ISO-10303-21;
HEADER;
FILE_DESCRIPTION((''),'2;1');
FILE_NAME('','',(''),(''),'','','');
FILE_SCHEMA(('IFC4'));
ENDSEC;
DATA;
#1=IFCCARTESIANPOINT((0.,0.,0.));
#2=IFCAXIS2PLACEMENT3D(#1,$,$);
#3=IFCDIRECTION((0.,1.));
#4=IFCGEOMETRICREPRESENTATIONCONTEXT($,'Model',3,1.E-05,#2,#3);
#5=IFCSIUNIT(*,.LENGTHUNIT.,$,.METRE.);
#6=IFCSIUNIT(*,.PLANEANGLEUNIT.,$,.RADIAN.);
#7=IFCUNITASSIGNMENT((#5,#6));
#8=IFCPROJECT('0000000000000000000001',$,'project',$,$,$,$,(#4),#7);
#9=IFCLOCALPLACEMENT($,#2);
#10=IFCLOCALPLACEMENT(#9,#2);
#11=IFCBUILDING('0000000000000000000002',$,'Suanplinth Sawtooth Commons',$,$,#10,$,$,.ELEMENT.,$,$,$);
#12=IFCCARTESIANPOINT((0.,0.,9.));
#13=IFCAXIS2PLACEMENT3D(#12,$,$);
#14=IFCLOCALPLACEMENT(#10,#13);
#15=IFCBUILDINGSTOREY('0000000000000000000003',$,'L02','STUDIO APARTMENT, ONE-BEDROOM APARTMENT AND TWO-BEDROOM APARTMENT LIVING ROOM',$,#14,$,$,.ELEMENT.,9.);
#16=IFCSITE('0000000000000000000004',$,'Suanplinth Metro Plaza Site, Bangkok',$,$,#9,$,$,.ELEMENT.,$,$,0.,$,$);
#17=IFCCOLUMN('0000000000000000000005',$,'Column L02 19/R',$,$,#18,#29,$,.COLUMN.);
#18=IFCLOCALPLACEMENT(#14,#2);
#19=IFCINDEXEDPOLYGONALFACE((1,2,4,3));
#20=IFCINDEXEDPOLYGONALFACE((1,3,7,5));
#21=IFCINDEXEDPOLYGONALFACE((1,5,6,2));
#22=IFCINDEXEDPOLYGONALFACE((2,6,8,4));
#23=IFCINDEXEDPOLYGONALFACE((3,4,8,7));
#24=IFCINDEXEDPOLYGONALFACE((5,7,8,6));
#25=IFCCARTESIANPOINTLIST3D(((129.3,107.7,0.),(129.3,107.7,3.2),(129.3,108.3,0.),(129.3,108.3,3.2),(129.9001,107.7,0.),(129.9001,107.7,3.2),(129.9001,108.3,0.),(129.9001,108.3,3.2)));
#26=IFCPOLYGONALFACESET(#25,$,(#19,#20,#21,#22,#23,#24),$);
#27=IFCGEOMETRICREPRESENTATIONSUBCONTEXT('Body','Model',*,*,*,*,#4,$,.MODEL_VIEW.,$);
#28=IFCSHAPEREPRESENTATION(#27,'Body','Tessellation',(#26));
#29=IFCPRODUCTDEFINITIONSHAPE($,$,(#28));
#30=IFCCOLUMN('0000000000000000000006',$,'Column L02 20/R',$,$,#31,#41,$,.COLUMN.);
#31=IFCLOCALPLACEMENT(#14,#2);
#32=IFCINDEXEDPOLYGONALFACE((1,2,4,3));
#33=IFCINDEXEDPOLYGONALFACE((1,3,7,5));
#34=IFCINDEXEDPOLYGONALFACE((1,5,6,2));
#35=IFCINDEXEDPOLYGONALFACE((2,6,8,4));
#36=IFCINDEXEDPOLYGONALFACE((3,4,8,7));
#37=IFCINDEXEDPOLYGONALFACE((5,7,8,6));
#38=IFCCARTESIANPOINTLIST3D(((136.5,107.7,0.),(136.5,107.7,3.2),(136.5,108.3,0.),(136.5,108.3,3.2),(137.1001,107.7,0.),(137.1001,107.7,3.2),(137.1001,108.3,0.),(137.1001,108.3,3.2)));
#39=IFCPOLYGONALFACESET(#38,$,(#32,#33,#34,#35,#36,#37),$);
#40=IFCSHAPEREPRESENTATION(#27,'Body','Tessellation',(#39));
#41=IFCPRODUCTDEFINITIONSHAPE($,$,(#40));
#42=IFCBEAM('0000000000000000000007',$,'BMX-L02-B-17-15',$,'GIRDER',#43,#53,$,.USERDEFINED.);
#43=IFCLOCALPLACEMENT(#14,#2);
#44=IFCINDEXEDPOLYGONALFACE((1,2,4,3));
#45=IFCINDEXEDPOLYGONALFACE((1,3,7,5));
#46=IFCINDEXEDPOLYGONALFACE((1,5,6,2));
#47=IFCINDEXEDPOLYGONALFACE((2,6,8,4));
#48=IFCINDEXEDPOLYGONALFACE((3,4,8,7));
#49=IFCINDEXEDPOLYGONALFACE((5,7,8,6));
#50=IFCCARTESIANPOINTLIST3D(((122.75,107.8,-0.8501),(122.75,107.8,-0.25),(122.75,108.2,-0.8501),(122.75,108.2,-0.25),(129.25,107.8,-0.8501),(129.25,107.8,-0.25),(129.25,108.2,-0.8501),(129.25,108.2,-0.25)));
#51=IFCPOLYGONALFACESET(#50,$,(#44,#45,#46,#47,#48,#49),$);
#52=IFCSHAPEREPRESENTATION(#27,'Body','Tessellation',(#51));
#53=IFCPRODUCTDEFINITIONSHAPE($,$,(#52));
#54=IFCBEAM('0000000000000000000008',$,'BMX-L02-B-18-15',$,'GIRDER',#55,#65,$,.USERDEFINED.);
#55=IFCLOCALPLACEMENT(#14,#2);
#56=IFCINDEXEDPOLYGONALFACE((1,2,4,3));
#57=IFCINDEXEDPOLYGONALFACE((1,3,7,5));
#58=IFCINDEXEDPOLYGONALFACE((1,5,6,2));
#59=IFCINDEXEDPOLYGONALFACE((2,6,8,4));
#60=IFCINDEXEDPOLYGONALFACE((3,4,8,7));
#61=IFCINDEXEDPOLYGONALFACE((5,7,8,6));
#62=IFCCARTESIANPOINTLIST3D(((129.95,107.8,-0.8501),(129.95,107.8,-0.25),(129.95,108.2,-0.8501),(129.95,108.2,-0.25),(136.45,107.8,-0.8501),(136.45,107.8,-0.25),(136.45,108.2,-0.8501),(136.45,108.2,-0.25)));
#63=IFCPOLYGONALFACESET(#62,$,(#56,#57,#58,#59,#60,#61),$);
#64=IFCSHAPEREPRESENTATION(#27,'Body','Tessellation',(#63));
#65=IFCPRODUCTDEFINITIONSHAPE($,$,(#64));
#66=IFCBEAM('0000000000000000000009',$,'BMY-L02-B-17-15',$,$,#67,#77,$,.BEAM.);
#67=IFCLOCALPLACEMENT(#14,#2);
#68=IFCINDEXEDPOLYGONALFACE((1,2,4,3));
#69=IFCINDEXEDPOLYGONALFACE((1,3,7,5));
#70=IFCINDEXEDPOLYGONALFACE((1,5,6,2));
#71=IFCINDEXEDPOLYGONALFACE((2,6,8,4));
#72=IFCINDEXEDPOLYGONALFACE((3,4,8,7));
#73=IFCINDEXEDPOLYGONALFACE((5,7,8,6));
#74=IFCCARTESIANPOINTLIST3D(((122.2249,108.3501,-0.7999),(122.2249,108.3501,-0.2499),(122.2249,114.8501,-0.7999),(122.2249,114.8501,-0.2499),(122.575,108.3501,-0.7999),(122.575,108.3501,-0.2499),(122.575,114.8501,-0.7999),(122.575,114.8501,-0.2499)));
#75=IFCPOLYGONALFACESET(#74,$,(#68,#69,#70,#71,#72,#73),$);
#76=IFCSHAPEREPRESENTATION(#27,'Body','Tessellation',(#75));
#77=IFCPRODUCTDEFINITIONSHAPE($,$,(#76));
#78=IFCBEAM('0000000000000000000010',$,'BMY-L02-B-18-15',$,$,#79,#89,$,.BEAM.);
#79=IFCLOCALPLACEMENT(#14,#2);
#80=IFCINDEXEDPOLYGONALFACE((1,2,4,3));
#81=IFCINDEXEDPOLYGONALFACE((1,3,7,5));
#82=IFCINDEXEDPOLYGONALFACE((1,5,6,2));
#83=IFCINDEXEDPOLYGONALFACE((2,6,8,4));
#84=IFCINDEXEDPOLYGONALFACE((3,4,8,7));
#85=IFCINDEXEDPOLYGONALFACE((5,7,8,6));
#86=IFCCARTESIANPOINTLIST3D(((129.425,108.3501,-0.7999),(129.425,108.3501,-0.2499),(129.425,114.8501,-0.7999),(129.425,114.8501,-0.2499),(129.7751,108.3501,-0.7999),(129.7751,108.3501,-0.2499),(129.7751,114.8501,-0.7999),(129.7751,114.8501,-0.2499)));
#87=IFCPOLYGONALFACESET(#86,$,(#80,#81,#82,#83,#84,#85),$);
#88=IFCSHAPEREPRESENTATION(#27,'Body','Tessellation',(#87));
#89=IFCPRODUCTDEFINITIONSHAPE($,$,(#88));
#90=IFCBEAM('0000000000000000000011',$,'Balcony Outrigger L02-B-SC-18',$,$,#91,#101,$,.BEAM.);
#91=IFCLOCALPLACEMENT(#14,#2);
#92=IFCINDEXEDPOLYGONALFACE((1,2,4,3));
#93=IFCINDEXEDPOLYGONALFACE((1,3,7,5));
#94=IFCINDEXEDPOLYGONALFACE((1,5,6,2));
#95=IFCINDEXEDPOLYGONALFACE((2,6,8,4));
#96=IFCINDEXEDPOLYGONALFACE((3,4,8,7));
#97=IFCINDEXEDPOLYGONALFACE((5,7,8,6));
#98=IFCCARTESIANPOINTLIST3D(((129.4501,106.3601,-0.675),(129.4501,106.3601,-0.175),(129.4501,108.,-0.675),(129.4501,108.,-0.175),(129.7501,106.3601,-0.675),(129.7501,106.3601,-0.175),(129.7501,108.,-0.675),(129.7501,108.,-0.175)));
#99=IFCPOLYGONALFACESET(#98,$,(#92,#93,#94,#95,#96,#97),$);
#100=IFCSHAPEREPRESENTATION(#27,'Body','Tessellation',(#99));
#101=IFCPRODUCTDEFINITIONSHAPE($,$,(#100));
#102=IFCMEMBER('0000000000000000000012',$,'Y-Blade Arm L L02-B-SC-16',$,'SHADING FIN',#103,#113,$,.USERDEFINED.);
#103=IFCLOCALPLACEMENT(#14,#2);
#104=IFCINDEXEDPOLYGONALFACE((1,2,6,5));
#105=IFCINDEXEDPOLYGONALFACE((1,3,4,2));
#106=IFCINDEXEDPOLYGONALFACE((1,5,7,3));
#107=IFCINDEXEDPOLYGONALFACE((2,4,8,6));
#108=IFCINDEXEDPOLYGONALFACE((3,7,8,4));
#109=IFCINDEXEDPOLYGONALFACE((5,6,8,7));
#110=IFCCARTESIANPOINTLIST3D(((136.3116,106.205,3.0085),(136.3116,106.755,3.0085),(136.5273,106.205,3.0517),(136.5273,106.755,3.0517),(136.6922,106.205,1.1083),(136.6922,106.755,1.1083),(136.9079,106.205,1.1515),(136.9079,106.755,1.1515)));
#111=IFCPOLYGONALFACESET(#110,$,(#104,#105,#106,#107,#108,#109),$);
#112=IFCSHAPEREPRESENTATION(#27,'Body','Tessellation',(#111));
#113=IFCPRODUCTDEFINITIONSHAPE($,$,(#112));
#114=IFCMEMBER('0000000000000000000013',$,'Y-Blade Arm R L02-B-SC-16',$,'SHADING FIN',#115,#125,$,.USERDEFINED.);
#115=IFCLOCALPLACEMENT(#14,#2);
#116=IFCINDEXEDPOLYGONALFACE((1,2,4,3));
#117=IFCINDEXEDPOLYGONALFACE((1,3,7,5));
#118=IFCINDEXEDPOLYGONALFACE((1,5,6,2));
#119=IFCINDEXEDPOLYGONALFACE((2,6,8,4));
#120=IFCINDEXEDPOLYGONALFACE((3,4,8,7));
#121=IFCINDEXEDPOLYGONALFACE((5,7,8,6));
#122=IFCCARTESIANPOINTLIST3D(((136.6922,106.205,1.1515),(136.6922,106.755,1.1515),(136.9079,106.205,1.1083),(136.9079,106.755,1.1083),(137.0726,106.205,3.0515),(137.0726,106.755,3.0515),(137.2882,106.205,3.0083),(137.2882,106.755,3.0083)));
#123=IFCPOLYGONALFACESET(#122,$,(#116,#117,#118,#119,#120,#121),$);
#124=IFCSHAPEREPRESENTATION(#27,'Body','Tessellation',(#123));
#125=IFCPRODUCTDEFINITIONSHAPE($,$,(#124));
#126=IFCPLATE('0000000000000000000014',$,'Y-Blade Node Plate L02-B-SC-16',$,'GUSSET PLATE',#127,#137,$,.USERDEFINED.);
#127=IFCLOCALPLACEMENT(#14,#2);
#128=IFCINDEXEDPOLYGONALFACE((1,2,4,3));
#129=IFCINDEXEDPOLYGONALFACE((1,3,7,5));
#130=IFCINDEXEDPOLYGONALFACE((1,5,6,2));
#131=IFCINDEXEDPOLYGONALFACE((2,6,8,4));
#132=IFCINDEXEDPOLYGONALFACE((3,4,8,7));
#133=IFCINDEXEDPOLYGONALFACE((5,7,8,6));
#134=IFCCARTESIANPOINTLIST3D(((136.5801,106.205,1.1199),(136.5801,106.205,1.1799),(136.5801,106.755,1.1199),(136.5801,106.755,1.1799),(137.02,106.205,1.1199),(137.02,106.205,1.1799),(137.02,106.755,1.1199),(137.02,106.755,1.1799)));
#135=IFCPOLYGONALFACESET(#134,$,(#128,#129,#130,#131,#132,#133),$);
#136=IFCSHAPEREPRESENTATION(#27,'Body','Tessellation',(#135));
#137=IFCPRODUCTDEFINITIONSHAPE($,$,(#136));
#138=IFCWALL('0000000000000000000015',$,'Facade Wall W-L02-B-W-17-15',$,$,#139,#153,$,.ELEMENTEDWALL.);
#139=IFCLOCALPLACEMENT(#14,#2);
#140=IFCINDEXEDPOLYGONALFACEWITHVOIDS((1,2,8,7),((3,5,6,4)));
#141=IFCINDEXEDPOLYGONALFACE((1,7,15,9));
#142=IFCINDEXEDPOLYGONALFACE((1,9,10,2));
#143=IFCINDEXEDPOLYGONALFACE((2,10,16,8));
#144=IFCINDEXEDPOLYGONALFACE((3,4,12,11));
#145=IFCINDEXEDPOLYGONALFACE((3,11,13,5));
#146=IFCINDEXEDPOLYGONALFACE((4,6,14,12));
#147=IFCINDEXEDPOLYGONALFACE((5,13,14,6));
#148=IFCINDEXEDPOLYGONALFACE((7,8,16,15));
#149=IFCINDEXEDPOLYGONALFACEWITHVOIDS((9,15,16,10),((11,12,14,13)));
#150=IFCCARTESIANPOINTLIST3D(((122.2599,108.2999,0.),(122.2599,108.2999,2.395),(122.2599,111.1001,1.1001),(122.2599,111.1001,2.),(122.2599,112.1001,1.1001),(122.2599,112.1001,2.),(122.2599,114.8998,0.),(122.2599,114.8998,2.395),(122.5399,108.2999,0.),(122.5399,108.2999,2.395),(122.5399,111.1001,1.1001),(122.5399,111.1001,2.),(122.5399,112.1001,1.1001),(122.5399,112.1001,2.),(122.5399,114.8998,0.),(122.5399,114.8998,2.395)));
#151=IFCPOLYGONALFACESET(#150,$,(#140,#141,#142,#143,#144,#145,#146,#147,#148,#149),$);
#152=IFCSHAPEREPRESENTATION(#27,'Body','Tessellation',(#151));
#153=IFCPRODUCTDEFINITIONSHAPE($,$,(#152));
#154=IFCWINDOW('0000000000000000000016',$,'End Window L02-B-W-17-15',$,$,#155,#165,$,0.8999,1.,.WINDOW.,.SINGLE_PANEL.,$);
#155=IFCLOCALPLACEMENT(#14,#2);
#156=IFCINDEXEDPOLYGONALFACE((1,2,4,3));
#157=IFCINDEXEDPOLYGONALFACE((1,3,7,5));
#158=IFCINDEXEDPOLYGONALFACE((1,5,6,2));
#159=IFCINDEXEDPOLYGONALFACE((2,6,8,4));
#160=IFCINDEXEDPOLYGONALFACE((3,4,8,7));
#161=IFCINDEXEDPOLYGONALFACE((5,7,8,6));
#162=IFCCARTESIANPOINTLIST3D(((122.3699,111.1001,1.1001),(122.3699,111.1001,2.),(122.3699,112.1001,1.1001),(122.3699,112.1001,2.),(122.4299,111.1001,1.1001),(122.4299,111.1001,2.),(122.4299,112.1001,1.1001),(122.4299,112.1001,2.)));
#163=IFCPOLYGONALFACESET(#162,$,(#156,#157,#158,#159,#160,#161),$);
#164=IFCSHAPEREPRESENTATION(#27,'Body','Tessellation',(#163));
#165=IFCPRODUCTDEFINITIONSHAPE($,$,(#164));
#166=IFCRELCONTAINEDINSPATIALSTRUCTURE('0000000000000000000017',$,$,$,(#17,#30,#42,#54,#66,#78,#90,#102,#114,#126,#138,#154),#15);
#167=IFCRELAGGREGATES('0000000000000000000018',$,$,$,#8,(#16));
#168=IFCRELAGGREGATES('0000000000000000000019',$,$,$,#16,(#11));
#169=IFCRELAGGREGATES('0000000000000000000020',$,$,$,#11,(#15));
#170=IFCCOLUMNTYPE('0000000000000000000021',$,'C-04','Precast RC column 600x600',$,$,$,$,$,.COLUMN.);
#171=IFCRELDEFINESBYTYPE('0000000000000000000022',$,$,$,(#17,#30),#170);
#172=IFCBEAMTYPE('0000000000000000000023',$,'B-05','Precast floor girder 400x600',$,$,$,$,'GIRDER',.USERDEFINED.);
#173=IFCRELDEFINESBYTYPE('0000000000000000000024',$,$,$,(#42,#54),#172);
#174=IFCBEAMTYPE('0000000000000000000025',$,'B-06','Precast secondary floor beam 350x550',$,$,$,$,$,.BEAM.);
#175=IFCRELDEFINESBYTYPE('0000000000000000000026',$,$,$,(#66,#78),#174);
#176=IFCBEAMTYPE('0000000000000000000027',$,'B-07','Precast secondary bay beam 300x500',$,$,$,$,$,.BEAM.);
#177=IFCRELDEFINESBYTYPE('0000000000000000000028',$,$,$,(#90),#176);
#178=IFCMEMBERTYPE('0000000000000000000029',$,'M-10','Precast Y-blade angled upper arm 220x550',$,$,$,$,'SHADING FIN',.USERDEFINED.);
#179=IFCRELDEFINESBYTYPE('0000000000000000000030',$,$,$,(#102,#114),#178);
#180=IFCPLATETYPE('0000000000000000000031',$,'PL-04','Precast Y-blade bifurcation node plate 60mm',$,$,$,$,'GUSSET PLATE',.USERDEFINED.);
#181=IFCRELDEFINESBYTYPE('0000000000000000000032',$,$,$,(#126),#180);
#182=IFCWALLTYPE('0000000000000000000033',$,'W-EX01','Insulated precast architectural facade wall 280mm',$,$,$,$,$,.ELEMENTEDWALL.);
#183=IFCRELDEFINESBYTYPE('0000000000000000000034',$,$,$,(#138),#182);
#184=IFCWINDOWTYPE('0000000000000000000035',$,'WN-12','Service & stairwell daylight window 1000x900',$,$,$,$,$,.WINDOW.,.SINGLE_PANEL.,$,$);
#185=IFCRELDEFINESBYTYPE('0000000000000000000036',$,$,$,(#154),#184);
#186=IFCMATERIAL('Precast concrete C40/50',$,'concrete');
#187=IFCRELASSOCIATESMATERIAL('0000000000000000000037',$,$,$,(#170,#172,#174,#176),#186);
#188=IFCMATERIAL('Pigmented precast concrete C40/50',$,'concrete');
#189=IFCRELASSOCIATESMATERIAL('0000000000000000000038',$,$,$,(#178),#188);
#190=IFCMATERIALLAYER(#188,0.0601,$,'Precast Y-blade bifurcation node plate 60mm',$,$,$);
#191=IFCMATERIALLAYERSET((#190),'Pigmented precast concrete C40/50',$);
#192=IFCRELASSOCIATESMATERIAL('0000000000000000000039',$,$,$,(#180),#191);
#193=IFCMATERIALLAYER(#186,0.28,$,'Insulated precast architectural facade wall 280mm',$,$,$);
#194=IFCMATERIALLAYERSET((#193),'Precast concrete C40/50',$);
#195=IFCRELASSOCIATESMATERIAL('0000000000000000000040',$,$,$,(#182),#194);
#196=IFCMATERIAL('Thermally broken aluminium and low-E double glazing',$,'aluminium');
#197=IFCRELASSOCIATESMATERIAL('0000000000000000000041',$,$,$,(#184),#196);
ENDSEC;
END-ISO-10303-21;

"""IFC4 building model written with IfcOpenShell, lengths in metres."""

from ifc_helpers import new_model, si_unit, direction, frame, frame_2d, origin, origin_2d, place, context, subcontext, project, spatial, rectangle, extrude, material, layer, layer_set, material_profile, profile_set, type_object, element, fill, save


model = new_model("IFC4")

# Units and contexts
model_context = context("Model", 3, precision=1e-05, world=origin(), true_north=direction((0.0, 1.0)))
body_context = subcontext(model_context, "Body", "Model", "MODEL_VIEW")
ifc_project = project(units=[si_unit("LENGTHUNIT", "METRE"), si_unit("PLANEANGLEUNIT", "RADIAN")], contexts=[model_context])

# Site, building, storey
site_placement = place(None, origin())
site = spatial("IfcSite", under=ifc_project, at=site_placement, Name="Suanplinth Metro Plaza Site, Bangkok", CompositionType="ELEMENT", RefElevation=0.0)
building_placement = place(site_placement, origin())
building = spatial("IfcBuilding", under=site, at=building_placement, Name="Suanplinth Sawtooth Commons", CompositionType="ELEMENT")
storey_placement = place(building_placement, frame((0.0, 0.0, 9.0)))
storey = spatial("IfcBuildingStorey", under=building, at=storey_placement, Name="L02", Description="STUDIO APARTMENT, ONE-BEDROOM APARTMENT AND TWO-BEDROOM APARTMENT LIVING ROOM", CompositionType="ELEMENT", Elevation=9.0)

# Columns
ifc_material_1 = material(Name="Precast concrete C40/50", Category="concrete")
ifc_material_profile_1 = material_profile(ifc_material_1, rectangle(XDim=0.6001, YDim=0.6001, at=origin_2d()), Name="PC-COL 600x600")
ifc_profile_set_1 = profile_set([ifc_material_profile_1], Name="Precast concrete C40/50")
column_type = type_object("IfcColumnType", Name="C-04", Description="Precast RC column 600x600", PredefinedType="COLUMN", material=ifc_profile_set_1)
for number, where, z_axis, x_axis, name in (
    (1, (129.6001, 108.0, 0.0), (0.0, 0.0, 1.0), (1.0, 0.0, 0.0), "Column L02 19/R"),
    (2, (136.8, 108.0, 0.0), (0.0, 0.0, 1.0), (1.0, 0.0, 0.0), "Column L02 20/R"),
):
    element("IfcColumn", number, at=place(storey_placement, frame(where, z_axis=z_axis, x_axis=x_axis)), inside=storey, type_object=column_type, Name=name, PredefinedType="COLUMN", context=body_context, shape_type="SweptSolid", body=[
        extrude(rectangle(XDim=0.6001, YDim=0.6001, at=origin_2d()), origin(), (0.0, 0.0, 1.0), 3.2),
    ])

# Beams
ifc_material_profile_2 = material_profile(ifc_material_1, rectangle(XDim=0.3999, YDim=0.6001, at=origin_2d()), Name="PC-GDR 400x600")
ifc_profile_set_2 = profile_set([ifc_material_profile_2], Name="Precast concrete C40/50")
beam_type_1 = type_object("IfcBeamType", Name="B-05", Description="Precast floor girder 400x600", ElementType="GIRDER", PredefinedType="USERDEFINED", material=ifc_profile_set_2)
for number, where, z_axis, x_axis, name in (
    (3, (122.75, 108.0, -0.55), (1.0, 0.0, 0.0), (0.0, 1.0, 0.0), "BMX-L02-B-17-15"),
    (4, (129.95, 108.0, -0.55), (1.0, 0.0, 0.0), (0.0, 1.0, 0.0), "BMX-L02-B-18-15"),
):
    element("IfcBeam", number, at=place(storey_placement, frame(where, z_axis=z_axis, x_axis=x_axis)), inside=storey, type_object=beam_type_1, Name=name, ObjectType="GIRDER", PredefinedType="USERDEFINED", context=body_context, shape_type="SweptSolid", body=[
        extrude(rectangle(XDim=0.3999, YDim=0.6001, at=origin_2d()), origin(), (0.0, 0.0, 1.0), 6.5),
    ])
ifc_material_profile_3 = material_profile(ifc_material_1, rectangle(XDim=0.3501, YDim=0.55, at=origin_2d()), Name="PC-BM 350x550")
ifc_profile_set_3 = profile_set([ifc_material_profile_3], Name="Precast concrete C40/50")
beam_type_2 = type_object("IfcBeamType", Name="B-06", Description="Precast secondary floor beam 350x550", PredefinedType="BEAM", material=ifc_profile_set_3)
for number, where, z_axis, x_axis, name in (
    (5, (122.3999, 108.3501, -0.5249), (0.0, 1.0, 0.0), (-1.0, 0.0, 0.0), "BMY-L02-B-17-15"),
    (6, (129.6001, 108.3501, -0.5249), (0.0, 1.0, 0.0), (-1.0, 0.0, 0.0), "BMY-L02-B-18-15"),
):
    element("IfcBeam", number, at=place(storey_placement, frame(where, z_axis=z_axis, x_axis=x_axis)), inside=storey, type_object=beam_type_2, Name=name, PredefinedType="BEAM", context=body_context, shape_type="SweptSolid", body=[
        extrude(rectangle(XDim=0.3501, YDim=0.55, at=origin_2d()), origin(), (0.0, 0.0, 1.0), 6.5),
    ])
ifc_material_profile_4 = material_profile(ifc_material_1, rectangle(XDim=0.3, YDim=0.5, at=origin_2d()), Name="PC-BM 300x500")
ifc_profile_set_4 = profile_set([ifc_material_profile_4], Name="Precast concrete C40/50")
beam_type_3 = type_object("IfcBeamType", Name="B-07", Description="Precast secondary bay beam 300x500", PredefinedType="BEAM", material=ifc_profile_set_4)
beam_placement = place(storey_placement, frame((129.6001, 108.0, -0.425), z_axis=(0.0, -1.0, 0.0), x_axis=(1.0, 0.0, 0.0)))
element("IfcBeam", 7, at=beam_placement, inside=storey, type_object=beam_type_3, Name="Balcony Outrigger L02-B-SC-18", PredefinedType="BEAM", context=body_context, shape_type="SweptSolid", body=[
    extrude(rectangle(XDim=0.3, YDim=0.5, at=origin_2d()), origin(), (0.0, 0.0, 1.0), 1.6399),
])

# Members
ifc_material_2 = material(Name="Pigmented precast concrete C40/50", Category="concrete")
ifc_material_profile_5 = material_profile(ifc_material_2, rectangle(XDim=0.22, YDim=0.55, at=origin_2d()), Name="PC-FIN 220x550")
ifc_profile_set_5 = profile_set([ifc_material_profile_5], Name="Pigmented precast concrete C40/50")
member_type = type_object("IfcMemberType", Name="M-10", Description="Precast Y-blade angled upper arm 220x550", ElementType="SHADING FIN", PredefinedType="USERDEFINED", material=ifc_profile_set_5)
member_1_placement = place(storey_placement, frame((136.8, 106.48, 1.1299), z_axis=(-0.196407, 0.0, 0.980522), x_axis=(0.980522, 0.0, 0.196407)))
element("IfcMember", 8, at=member_1_placement, inside=storey, type_object=member_type, Name="Y-Blade Arm L L02-B-SC-16", ObjectType="SHADING FIN", PredefinedType="USERDEFINED", context=body_context, shape_type="SweptSolid", body=[
    extrude(rectangle(XDim=0.22, YDim=0.55, at=origin_2d()), origin(), (0.0, 0.0, 1.0), 1.938),
])
member_2_placement = place(storey_placement, frame((136.8, 106.48, 1.1299), z_axis=(0.196286, 0.0, 0.980547), x_axis=(-0.980547, 0.0, 0.196286)))
element("IfcMember", 9, at=member_2_placement, inside=storey, type_object=member_type, Name="Y-Blade Arm R L02-B-SC-16", ObjectType="SHADING FIN", PredefinedType="USERDEFINED", context=body_context, shape_type="SweptSolid", body=[
    extrude(rectangle(XDim=0.22, YDim=0.55, at=origin_2d()), origin(), (0.0, 0.0, 1.0), 1.9377),
])

# Plate
ifc_layer_1 = layer(ifc_material_2, 0.0601, Name="Precast Y-blade bifurcation node plate 60mm")
ifc_layer_set_1 = layer_set([ifc_layer_1], Name="Pigmented precast concrete C40/50")
plate_type = type_object("IfcPlateType", Name="PL-04", Description="Precast Y-blade bifurcation node plate 60mm", ElementType="GUSSET PLATE", PredefinedType="USERDEFINED", material=ifc_layer_set_1)
plate_placement = place(storey_placement, frame((136.8, 106.48, 1.1199), z_axis=(0.0, 0.0, 1.0), x_axis=(1.0, 0.0, 0.0)))
element("IfcPlate", 10, at=plate_placement, inside=storey, type_object=plate_type, Name="Y-Blade Node Plate L02-B-SC-16", ObjectType="GUSSET PLATE", PredefinedType="USERDEFINED", context=body_context, shape_type="SweptSolid", body=[
    extrude(rectangle(XDim=0.4399, YDim=0.55, at=origin_2d()), origin(), (0.0, 0.0, 1.0), 0.0601),
])

# Shared definitions
ifc_layer_2 = layer(ifc_material_1, 0.28, Name="Insulated precast architectural facade wall 280mm")
ifc_layer_set_2 = layer_set([ifc_layer_2], Name="Precast concrete C40/50")
wall_type_1 = type_object("IfcWallType", Name="W-EX01", Description="Insulated precast architectural facade wall 280mm", PredefinedType="ELEMENTEDWALL", material=ifc_layer_set_2)
ifc_material_3 = material(Name="Thermally broken aluminium and low-E double glazing", Category="aluminium")

# Wall, opening, window
wall_1_placement = place(storey_placement, frame((122.3999, 108.3, 0.0), z_axis=(0.0, 0.0, 1.0), x_axis=(0.0, 1.0, 0.0)))
wall_1 = element("IfcWall", 11, at=wall_1_placement, inside=storey, type_object=wall_type_1, Name="Facade Wall W-L02-B-W-17-15", PredefinedType="ELEMENTEDWALL", context=body_context, shape_type="SweptSolid", body=[
    extrude(rectangle(XDim=6.5999, YDim=0.28, at=frame_2d((3.2998, 0.0))), origin(), (0.0, 0.0, 1.0), 2.395),
])
opening_1_placement = place(wall_1_placement, frame((2.8, 0.0, 1.1001)))
opening_1 = element("IfcOpeningElement", 12, at=opening_1_placement, cuts=wall_1, PredefinedType="OPENING", context=body_context, shape_type="SweptSolid", body=[
    extrude(rectangle(XDim=1.0, YDim=0.8999, at=frame_2d((0.5, 0.45))), frame((0.0, 0.1548, 0.0), z_axis=(0.0, -1.0, 0.0), x_axis=(1.0, 0.0, 0.0)), (0.0, 0.0, 1.0), 0.3098),
])
window_type_1 = type_object("IfcWindowType", Name="WN-12", Description="Service & stairwell daylight window 1000x900", PartitioningType="SINGLE_PANEL", PredefinedType="WINDOW", material=ifc_material_3)
window_1_placement = place(opening_1_placement, origin())
window_1 = element("IfcWindow", 13, at=window_1_placement, inside=storey, type_object=window_type_1, Name="End Window L02-B-W-17-15", OverallHeight=0.8999, OverallWidth=1.0, PartitioningType="SINGLE_PANEL", PredefinedType="WINDOW", context=body_context, shape_type="SweptSolid", body=[
    extrude(rectangle(XDim=1.0, YDim=0.8999, at=frame_2d((0.5, 0.45))), frame((0.0, 0.03, 0.0), z_axis=(0.0, -1.0, 0.0), x_axis=(1.0, 0.0, 0.0)), (0.0, 0.0, 1.0), 0.0601),
])
fill(opening_1, window_1)

save(model, "model.ifc")
